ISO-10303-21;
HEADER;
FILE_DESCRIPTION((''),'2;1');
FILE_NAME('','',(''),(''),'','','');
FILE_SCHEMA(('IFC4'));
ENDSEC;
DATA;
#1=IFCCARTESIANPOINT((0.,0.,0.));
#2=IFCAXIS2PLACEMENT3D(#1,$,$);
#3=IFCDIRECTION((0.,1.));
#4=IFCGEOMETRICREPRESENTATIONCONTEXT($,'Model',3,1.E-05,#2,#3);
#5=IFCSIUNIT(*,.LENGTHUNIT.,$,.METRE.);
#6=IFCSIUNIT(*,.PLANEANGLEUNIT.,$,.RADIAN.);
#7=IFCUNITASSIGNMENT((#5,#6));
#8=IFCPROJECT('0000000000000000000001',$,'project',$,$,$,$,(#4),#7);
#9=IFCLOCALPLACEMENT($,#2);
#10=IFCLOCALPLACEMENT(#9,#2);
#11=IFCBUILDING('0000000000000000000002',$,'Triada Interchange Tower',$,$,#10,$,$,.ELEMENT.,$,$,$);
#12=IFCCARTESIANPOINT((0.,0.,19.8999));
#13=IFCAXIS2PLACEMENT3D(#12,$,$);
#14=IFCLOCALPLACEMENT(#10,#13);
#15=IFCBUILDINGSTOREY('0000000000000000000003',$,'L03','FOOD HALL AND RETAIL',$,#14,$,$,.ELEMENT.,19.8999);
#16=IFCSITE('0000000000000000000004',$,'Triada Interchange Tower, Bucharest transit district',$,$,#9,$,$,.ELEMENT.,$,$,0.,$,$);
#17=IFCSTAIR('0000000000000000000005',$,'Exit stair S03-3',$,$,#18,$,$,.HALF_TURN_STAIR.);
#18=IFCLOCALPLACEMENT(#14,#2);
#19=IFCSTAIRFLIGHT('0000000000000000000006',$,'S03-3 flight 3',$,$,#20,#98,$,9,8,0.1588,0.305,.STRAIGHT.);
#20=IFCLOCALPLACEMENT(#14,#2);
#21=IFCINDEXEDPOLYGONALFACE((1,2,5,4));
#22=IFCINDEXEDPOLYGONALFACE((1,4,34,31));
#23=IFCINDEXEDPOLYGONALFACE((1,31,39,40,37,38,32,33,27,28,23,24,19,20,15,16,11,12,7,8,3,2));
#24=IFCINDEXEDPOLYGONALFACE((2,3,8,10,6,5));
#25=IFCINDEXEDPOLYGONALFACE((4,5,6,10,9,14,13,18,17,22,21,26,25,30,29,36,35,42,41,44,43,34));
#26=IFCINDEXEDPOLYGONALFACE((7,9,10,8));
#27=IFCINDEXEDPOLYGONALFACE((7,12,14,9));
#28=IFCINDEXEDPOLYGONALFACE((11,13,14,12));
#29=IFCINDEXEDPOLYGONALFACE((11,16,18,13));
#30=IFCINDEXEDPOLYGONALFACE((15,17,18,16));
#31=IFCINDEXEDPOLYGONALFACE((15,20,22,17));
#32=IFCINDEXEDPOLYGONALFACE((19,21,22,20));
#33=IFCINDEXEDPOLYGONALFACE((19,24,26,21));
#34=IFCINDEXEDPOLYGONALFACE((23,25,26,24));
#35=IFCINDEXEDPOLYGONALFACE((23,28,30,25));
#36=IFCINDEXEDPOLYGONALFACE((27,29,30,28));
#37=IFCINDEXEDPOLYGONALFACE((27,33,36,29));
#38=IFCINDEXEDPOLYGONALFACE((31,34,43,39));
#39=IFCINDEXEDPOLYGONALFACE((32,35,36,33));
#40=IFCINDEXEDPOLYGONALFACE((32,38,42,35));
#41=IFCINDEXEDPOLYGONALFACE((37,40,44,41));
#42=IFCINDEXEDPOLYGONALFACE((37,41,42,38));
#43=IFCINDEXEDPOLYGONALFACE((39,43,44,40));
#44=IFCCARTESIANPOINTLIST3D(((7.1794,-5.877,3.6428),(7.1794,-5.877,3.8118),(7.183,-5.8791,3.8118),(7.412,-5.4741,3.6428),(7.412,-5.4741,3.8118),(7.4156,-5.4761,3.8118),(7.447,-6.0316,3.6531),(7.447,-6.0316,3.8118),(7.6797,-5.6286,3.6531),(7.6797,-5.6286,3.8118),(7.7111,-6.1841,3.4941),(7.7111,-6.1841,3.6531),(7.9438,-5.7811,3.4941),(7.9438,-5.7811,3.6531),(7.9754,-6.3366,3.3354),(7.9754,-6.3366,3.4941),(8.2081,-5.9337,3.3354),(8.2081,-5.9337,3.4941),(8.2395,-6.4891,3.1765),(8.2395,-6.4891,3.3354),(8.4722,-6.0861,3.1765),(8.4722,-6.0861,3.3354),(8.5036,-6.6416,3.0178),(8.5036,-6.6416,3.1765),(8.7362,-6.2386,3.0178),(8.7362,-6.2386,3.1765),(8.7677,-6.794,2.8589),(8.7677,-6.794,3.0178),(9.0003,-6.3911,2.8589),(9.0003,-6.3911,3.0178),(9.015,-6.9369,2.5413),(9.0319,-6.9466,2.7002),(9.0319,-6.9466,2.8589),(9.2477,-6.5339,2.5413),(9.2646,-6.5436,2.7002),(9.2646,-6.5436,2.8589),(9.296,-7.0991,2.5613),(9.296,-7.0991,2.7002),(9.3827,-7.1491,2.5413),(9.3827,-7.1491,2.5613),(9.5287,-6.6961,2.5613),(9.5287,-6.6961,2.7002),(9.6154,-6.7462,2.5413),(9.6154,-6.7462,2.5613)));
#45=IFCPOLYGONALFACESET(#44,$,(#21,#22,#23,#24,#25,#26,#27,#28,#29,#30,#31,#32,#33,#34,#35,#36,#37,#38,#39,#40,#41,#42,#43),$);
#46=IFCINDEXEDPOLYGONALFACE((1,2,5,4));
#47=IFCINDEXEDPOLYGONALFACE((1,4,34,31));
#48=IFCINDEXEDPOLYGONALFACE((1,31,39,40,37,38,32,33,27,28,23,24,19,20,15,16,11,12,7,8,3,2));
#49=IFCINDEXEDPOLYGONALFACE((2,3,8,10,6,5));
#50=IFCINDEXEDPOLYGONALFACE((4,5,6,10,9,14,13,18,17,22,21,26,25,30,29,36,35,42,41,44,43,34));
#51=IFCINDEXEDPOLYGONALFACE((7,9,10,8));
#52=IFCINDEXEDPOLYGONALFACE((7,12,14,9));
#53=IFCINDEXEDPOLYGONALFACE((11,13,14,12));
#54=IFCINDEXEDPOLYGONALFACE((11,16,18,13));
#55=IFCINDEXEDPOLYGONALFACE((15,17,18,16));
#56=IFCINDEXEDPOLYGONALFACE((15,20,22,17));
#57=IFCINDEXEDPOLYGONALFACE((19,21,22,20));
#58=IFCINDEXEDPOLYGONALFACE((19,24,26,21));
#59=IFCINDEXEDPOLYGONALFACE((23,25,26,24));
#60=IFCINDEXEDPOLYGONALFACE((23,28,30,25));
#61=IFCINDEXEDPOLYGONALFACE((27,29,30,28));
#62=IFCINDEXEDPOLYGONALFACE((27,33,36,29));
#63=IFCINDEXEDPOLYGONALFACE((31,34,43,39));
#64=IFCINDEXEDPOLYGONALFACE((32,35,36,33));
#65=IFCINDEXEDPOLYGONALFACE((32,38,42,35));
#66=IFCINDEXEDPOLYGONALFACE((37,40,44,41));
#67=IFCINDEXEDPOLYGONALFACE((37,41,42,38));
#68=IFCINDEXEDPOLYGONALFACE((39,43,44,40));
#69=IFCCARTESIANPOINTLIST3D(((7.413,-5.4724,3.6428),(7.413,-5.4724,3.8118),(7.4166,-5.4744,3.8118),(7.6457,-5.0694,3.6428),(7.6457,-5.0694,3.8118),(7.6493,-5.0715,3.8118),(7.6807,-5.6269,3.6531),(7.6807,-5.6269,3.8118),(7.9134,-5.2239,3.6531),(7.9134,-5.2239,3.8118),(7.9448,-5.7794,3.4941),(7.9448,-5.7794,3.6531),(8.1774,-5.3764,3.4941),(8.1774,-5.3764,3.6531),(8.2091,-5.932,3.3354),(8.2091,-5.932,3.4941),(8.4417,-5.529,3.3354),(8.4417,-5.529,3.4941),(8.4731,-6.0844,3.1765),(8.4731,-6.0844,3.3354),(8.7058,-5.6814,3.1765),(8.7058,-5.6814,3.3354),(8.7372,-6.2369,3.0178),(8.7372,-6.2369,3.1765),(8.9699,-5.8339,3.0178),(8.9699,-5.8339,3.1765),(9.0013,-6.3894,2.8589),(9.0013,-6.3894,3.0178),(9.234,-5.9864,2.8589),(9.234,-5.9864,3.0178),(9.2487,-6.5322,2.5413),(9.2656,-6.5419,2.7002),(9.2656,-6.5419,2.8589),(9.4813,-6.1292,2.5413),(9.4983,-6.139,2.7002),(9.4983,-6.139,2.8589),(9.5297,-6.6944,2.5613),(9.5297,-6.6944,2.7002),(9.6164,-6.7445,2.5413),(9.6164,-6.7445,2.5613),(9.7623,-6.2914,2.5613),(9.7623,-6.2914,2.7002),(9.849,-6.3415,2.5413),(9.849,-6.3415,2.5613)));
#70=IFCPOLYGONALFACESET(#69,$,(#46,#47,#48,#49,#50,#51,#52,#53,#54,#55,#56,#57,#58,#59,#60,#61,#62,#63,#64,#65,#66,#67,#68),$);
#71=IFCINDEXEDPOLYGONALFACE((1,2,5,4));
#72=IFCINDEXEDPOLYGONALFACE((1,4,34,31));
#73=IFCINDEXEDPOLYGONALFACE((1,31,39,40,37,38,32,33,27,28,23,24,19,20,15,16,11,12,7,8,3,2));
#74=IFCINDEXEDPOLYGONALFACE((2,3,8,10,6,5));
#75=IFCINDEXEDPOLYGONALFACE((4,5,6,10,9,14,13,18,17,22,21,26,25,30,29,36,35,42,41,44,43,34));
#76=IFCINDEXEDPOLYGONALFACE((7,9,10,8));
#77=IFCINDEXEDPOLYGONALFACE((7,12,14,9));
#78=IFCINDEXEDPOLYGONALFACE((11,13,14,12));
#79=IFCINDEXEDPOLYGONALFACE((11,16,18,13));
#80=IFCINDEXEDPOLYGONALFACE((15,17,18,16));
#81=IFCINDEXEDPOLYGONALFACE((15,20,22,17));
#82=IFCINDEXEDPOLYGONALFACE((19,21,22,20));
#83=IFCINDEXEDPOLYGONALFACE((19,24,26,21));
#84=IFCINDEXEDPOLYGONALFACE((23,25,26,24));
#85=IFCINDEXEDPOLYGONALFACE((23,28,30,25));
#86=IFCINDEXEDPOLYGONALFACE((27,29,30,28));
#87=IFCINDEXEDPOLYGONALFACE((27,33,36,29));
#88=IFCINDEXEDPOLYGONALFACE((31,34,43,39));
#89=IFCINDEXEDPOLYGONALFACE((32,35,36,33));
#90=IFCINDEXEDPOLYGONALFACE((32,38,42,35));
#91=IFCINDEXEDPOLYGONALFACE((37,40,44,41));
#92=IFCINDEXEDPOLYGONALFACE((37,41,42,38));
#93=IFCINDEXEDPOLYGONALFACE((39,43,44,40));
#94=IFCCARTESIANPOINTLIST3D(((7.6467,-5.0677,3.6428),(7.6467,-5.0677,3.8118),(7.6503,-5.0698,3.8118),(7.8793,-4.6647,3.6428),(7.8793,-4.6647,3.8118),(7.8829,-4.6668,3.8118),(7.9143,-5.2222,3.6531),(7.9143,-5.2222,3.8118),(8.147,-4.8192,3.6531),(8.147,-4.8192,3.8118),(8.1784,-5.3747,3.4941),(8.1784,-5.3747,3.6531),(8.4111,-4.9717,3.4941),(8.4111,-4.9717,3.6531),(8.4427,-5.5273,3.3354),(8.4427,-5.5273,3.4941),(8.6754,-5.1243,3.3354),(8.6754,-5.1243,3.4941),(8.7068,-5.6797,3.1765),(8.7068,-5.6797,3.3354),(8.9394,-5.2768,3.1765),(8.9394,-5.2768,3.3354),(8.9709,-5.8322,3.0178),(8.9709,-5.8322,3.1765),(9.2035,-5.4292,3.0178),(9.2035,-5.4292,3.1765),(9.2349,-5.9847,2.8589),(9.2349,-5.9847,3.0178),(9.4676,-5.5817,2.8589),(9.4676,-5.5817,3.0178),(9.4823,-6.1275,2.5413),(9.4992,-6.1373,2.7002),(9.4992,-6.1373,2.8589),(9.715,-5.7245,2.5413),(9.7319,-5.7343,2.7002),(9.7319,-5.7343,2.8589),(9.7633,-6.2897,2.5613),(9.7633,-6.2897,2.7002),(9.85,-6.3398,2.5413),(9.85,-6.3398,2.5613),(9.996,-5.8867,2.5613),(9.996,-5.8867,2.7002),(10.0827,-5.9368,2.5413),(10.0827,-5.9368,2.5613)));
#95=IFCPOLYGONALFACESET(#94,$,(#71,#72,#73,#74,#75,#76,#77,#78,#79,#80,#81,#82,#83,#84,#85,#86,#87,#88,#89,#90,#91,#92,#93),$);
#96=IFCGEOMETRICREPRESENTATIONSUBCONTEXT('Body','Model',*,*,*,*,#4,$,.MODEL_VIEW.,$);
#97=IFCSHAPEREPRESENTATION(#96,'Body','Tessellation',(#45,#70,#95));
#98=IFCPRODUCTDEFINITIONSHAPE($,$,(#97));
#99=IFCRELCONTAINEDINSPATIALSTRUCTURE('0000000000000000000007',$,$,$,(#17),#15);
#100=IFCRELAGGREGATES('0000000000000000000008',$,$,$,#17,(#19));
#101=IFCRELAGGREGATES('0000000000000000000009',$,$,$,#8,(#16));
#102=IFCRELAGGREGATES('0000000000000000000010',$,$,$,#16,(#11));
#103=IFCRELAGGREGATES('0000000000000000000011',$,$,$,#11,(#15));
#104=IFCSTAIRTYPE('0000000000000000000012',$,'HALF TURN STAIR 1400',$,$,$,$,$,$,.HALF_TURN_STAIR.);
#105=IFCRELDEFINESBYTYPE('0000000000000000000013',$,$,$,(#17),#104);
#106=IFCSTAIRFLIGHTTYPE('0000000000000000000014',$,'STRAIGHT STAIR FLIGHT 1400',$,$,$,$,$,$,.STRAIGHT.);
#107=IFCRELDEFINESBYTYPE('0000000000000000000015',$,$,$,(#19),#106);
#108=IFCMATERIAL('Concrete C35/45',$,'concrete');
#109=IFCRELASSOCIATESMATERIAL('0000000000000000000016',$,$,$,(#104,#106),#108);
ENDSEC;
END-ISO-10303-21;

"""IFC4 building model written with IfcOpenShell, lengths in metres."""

from ifc_helpers import new_model, si_unit, direction, frame, origin, place, context, subcontext, project, spatial, polyline, outline, extrude, material, type_object, element, aggregate, save


model = new_model("IFC4")

# Units and contexts
model_context = context("Model", 3, precision=1e-05, world=origin(), true_north=direction((0.0, 1.0)))
body_context = subcontext(model_context, "Body", "Model", "MODEL_VIEW")
ifc_project = project(units=[si_unit("LENGTHUNIT", "METRE"), si_unit("PLANEANGLEUNIT", "RADIAN")], contexts=[model_context])

# Site, building, storey
site_placement = place(None, origin())
site = spatial("IfcSite", under=ifc_project, at=site_placement, Name="Triada Interchange Tower, Bucharest transit district", CompositionType="ELEMENT", RefElevation=0.0)
building_placement = place(site_placement, origin())
building = spatial("IfcBuilding", under=site, at=building_placement, Name="Triada Interchange Tower", CompositionType="ELEMENT")
storey_placement = place(building_placement, frame((0.0, 0.0, 19.8999)))
storey = spatial("IfcBuildingStorey", under=building, at=storey_placement, Name="L03", Description="FOOD HALL AND RETAIL", CompositionType="ELEMENT", Elevation=19.8999)

# Shared definitions
ifc_material_1 = material(Name="Concrete C35/45", Category="concrete")

# Stair, stair flight
stair_type = type_object("IfcStairType", Name="HALF TURN STAIR 1400", PredefinedType="HALF_TURN_STAIR", material=ifc_material_1)
stair_placement = place(storey_placement, origin())
stair = element("IfcStair", 1, at=stair_placement, inside=storey, type_object=stair_type, Name="Exit stair S03-3", PredefinedType="HALF_TURN_STAIR")
stair_flight_type = type_object("IfcStairFlightType", Name="STRAIGHT STAIR FLIGHT 1400", PredefinedType="STRAIGHT", material=ifc_material_1)
stair_flight_1_placement = place(storey_placement, frame((9.646, -6.4929, 2.5413), z_axis=(0.0, 0.0, 1.0), x_axis=(-0.866025, 0.5, 0.0)))
stair_flight_1 = element("IfcStairFlight", 2, at=stair_flight_1_placement, type_object=stair_flight_type, Name="S03-3 flight 3", NumberOfRisers=9, NumberOfTreads=8, PredefinedType="STRAIGHT", RiserHeight=0.1588, TreadLength=0.305, context=body_context, shape_type="SweptSolid", body=[
    extrude(outline(polyline([(-0.1001, 0.0), (-0.1001, 0.02), (0.0, 0.02), (0.0, 0.1589), (0.3049, 0.1589), (0.3049, 0.3176), (0.6101, 0.3176), (0.6101, 0.4766), (0.915, 0.4766), (0.915, 0.6353), (1.22, 0.6353), (1.22, 0.7942), (1.5249, 0.7942), (1.5249, 0.9529), (1.8301, 0.9529), (1.8301, 1.1118), (2.135, 1.1118), (2.135, 1.2705), (2.4399, 1.2705), (2.4441, 1.2705), (2.4441, 1.4294), (2.4441, 1.1016), (0.3245, 0.0), (-0.1001, 0.0)])), frame((0.0, 0.7, 0.0), z_axis=(0.0, -1.0, 0.0), x_axis=(1.0, 0.0, 0.0)), (0.0, 0.0, 1.0), 0.4653),
    extrude(outline(polyline([(-0.1001, 0.0), (-0.1001, 0.02), (0.0, 0.02), (0.0, 0.1589), (0.3049, 0.1589), (0.3049, 0.3176), (0.6101, 0.3176), (0.6101, 0.4766), (0.915, 0.4766), (0.915, 0.6353), (1.22, 0.6353), (1.22, 0.7942), (1.5249, 0.7942), (1.5249, 0.9529), (1.8301, 0.9529), (1.8301, 1.1118), (2.135, 1.1118), (2.135, 1.2705), (2.4399, 1.2705), (2.4441, 1.2705), (2.4441, 1.4294), (2.4441, 1.1016), (0.3245, 0.0), (-0.1001, 0.0)])), frame((0.0, 0.2327, 0.0), z_axis=(0.0, -1.0, 0.0), x_axis=(1.0, 0.0, 0.0)), (0.0, 0.0, 1.0), 0.4653),
    extrude(outline(polyline([(-0.1001, 0.0), (-0.1001, 0.02), (0.0, 0.02), (0.0, 0.1589), (0.3049, 0.1589), (0.3049, 0.3176), (0.6101, 0.3176), (0.6101, 0.4766), (0.915, 0.4766), (0.915, 0.6353), (1.22, 0.6353), (1.22, 0.7942), (1.5249, 0.7942), (1.5249, 0.9529), (1.8301, 0.9529), (1.8301, 1.1118), (2.135, 1.1118), (2.135, 1.2705), (2.4399, 1.2705), (2.4441, 1.2705), (2.4441, 1.4294), (2.4441, 1.1016), (0.3245, 0.0), (-0.1001, 0.0)])), frame((0.0, -0.2346, 0.0), z_axis=(0.0, -1.0, 0.0), x_axis=(1.0, 0.0, 0.0)), (0.0, 0.0, 1.0), 0.4653),
])
aggregate(stair, [stair_flight_1])

save(model, "model.ifc")
